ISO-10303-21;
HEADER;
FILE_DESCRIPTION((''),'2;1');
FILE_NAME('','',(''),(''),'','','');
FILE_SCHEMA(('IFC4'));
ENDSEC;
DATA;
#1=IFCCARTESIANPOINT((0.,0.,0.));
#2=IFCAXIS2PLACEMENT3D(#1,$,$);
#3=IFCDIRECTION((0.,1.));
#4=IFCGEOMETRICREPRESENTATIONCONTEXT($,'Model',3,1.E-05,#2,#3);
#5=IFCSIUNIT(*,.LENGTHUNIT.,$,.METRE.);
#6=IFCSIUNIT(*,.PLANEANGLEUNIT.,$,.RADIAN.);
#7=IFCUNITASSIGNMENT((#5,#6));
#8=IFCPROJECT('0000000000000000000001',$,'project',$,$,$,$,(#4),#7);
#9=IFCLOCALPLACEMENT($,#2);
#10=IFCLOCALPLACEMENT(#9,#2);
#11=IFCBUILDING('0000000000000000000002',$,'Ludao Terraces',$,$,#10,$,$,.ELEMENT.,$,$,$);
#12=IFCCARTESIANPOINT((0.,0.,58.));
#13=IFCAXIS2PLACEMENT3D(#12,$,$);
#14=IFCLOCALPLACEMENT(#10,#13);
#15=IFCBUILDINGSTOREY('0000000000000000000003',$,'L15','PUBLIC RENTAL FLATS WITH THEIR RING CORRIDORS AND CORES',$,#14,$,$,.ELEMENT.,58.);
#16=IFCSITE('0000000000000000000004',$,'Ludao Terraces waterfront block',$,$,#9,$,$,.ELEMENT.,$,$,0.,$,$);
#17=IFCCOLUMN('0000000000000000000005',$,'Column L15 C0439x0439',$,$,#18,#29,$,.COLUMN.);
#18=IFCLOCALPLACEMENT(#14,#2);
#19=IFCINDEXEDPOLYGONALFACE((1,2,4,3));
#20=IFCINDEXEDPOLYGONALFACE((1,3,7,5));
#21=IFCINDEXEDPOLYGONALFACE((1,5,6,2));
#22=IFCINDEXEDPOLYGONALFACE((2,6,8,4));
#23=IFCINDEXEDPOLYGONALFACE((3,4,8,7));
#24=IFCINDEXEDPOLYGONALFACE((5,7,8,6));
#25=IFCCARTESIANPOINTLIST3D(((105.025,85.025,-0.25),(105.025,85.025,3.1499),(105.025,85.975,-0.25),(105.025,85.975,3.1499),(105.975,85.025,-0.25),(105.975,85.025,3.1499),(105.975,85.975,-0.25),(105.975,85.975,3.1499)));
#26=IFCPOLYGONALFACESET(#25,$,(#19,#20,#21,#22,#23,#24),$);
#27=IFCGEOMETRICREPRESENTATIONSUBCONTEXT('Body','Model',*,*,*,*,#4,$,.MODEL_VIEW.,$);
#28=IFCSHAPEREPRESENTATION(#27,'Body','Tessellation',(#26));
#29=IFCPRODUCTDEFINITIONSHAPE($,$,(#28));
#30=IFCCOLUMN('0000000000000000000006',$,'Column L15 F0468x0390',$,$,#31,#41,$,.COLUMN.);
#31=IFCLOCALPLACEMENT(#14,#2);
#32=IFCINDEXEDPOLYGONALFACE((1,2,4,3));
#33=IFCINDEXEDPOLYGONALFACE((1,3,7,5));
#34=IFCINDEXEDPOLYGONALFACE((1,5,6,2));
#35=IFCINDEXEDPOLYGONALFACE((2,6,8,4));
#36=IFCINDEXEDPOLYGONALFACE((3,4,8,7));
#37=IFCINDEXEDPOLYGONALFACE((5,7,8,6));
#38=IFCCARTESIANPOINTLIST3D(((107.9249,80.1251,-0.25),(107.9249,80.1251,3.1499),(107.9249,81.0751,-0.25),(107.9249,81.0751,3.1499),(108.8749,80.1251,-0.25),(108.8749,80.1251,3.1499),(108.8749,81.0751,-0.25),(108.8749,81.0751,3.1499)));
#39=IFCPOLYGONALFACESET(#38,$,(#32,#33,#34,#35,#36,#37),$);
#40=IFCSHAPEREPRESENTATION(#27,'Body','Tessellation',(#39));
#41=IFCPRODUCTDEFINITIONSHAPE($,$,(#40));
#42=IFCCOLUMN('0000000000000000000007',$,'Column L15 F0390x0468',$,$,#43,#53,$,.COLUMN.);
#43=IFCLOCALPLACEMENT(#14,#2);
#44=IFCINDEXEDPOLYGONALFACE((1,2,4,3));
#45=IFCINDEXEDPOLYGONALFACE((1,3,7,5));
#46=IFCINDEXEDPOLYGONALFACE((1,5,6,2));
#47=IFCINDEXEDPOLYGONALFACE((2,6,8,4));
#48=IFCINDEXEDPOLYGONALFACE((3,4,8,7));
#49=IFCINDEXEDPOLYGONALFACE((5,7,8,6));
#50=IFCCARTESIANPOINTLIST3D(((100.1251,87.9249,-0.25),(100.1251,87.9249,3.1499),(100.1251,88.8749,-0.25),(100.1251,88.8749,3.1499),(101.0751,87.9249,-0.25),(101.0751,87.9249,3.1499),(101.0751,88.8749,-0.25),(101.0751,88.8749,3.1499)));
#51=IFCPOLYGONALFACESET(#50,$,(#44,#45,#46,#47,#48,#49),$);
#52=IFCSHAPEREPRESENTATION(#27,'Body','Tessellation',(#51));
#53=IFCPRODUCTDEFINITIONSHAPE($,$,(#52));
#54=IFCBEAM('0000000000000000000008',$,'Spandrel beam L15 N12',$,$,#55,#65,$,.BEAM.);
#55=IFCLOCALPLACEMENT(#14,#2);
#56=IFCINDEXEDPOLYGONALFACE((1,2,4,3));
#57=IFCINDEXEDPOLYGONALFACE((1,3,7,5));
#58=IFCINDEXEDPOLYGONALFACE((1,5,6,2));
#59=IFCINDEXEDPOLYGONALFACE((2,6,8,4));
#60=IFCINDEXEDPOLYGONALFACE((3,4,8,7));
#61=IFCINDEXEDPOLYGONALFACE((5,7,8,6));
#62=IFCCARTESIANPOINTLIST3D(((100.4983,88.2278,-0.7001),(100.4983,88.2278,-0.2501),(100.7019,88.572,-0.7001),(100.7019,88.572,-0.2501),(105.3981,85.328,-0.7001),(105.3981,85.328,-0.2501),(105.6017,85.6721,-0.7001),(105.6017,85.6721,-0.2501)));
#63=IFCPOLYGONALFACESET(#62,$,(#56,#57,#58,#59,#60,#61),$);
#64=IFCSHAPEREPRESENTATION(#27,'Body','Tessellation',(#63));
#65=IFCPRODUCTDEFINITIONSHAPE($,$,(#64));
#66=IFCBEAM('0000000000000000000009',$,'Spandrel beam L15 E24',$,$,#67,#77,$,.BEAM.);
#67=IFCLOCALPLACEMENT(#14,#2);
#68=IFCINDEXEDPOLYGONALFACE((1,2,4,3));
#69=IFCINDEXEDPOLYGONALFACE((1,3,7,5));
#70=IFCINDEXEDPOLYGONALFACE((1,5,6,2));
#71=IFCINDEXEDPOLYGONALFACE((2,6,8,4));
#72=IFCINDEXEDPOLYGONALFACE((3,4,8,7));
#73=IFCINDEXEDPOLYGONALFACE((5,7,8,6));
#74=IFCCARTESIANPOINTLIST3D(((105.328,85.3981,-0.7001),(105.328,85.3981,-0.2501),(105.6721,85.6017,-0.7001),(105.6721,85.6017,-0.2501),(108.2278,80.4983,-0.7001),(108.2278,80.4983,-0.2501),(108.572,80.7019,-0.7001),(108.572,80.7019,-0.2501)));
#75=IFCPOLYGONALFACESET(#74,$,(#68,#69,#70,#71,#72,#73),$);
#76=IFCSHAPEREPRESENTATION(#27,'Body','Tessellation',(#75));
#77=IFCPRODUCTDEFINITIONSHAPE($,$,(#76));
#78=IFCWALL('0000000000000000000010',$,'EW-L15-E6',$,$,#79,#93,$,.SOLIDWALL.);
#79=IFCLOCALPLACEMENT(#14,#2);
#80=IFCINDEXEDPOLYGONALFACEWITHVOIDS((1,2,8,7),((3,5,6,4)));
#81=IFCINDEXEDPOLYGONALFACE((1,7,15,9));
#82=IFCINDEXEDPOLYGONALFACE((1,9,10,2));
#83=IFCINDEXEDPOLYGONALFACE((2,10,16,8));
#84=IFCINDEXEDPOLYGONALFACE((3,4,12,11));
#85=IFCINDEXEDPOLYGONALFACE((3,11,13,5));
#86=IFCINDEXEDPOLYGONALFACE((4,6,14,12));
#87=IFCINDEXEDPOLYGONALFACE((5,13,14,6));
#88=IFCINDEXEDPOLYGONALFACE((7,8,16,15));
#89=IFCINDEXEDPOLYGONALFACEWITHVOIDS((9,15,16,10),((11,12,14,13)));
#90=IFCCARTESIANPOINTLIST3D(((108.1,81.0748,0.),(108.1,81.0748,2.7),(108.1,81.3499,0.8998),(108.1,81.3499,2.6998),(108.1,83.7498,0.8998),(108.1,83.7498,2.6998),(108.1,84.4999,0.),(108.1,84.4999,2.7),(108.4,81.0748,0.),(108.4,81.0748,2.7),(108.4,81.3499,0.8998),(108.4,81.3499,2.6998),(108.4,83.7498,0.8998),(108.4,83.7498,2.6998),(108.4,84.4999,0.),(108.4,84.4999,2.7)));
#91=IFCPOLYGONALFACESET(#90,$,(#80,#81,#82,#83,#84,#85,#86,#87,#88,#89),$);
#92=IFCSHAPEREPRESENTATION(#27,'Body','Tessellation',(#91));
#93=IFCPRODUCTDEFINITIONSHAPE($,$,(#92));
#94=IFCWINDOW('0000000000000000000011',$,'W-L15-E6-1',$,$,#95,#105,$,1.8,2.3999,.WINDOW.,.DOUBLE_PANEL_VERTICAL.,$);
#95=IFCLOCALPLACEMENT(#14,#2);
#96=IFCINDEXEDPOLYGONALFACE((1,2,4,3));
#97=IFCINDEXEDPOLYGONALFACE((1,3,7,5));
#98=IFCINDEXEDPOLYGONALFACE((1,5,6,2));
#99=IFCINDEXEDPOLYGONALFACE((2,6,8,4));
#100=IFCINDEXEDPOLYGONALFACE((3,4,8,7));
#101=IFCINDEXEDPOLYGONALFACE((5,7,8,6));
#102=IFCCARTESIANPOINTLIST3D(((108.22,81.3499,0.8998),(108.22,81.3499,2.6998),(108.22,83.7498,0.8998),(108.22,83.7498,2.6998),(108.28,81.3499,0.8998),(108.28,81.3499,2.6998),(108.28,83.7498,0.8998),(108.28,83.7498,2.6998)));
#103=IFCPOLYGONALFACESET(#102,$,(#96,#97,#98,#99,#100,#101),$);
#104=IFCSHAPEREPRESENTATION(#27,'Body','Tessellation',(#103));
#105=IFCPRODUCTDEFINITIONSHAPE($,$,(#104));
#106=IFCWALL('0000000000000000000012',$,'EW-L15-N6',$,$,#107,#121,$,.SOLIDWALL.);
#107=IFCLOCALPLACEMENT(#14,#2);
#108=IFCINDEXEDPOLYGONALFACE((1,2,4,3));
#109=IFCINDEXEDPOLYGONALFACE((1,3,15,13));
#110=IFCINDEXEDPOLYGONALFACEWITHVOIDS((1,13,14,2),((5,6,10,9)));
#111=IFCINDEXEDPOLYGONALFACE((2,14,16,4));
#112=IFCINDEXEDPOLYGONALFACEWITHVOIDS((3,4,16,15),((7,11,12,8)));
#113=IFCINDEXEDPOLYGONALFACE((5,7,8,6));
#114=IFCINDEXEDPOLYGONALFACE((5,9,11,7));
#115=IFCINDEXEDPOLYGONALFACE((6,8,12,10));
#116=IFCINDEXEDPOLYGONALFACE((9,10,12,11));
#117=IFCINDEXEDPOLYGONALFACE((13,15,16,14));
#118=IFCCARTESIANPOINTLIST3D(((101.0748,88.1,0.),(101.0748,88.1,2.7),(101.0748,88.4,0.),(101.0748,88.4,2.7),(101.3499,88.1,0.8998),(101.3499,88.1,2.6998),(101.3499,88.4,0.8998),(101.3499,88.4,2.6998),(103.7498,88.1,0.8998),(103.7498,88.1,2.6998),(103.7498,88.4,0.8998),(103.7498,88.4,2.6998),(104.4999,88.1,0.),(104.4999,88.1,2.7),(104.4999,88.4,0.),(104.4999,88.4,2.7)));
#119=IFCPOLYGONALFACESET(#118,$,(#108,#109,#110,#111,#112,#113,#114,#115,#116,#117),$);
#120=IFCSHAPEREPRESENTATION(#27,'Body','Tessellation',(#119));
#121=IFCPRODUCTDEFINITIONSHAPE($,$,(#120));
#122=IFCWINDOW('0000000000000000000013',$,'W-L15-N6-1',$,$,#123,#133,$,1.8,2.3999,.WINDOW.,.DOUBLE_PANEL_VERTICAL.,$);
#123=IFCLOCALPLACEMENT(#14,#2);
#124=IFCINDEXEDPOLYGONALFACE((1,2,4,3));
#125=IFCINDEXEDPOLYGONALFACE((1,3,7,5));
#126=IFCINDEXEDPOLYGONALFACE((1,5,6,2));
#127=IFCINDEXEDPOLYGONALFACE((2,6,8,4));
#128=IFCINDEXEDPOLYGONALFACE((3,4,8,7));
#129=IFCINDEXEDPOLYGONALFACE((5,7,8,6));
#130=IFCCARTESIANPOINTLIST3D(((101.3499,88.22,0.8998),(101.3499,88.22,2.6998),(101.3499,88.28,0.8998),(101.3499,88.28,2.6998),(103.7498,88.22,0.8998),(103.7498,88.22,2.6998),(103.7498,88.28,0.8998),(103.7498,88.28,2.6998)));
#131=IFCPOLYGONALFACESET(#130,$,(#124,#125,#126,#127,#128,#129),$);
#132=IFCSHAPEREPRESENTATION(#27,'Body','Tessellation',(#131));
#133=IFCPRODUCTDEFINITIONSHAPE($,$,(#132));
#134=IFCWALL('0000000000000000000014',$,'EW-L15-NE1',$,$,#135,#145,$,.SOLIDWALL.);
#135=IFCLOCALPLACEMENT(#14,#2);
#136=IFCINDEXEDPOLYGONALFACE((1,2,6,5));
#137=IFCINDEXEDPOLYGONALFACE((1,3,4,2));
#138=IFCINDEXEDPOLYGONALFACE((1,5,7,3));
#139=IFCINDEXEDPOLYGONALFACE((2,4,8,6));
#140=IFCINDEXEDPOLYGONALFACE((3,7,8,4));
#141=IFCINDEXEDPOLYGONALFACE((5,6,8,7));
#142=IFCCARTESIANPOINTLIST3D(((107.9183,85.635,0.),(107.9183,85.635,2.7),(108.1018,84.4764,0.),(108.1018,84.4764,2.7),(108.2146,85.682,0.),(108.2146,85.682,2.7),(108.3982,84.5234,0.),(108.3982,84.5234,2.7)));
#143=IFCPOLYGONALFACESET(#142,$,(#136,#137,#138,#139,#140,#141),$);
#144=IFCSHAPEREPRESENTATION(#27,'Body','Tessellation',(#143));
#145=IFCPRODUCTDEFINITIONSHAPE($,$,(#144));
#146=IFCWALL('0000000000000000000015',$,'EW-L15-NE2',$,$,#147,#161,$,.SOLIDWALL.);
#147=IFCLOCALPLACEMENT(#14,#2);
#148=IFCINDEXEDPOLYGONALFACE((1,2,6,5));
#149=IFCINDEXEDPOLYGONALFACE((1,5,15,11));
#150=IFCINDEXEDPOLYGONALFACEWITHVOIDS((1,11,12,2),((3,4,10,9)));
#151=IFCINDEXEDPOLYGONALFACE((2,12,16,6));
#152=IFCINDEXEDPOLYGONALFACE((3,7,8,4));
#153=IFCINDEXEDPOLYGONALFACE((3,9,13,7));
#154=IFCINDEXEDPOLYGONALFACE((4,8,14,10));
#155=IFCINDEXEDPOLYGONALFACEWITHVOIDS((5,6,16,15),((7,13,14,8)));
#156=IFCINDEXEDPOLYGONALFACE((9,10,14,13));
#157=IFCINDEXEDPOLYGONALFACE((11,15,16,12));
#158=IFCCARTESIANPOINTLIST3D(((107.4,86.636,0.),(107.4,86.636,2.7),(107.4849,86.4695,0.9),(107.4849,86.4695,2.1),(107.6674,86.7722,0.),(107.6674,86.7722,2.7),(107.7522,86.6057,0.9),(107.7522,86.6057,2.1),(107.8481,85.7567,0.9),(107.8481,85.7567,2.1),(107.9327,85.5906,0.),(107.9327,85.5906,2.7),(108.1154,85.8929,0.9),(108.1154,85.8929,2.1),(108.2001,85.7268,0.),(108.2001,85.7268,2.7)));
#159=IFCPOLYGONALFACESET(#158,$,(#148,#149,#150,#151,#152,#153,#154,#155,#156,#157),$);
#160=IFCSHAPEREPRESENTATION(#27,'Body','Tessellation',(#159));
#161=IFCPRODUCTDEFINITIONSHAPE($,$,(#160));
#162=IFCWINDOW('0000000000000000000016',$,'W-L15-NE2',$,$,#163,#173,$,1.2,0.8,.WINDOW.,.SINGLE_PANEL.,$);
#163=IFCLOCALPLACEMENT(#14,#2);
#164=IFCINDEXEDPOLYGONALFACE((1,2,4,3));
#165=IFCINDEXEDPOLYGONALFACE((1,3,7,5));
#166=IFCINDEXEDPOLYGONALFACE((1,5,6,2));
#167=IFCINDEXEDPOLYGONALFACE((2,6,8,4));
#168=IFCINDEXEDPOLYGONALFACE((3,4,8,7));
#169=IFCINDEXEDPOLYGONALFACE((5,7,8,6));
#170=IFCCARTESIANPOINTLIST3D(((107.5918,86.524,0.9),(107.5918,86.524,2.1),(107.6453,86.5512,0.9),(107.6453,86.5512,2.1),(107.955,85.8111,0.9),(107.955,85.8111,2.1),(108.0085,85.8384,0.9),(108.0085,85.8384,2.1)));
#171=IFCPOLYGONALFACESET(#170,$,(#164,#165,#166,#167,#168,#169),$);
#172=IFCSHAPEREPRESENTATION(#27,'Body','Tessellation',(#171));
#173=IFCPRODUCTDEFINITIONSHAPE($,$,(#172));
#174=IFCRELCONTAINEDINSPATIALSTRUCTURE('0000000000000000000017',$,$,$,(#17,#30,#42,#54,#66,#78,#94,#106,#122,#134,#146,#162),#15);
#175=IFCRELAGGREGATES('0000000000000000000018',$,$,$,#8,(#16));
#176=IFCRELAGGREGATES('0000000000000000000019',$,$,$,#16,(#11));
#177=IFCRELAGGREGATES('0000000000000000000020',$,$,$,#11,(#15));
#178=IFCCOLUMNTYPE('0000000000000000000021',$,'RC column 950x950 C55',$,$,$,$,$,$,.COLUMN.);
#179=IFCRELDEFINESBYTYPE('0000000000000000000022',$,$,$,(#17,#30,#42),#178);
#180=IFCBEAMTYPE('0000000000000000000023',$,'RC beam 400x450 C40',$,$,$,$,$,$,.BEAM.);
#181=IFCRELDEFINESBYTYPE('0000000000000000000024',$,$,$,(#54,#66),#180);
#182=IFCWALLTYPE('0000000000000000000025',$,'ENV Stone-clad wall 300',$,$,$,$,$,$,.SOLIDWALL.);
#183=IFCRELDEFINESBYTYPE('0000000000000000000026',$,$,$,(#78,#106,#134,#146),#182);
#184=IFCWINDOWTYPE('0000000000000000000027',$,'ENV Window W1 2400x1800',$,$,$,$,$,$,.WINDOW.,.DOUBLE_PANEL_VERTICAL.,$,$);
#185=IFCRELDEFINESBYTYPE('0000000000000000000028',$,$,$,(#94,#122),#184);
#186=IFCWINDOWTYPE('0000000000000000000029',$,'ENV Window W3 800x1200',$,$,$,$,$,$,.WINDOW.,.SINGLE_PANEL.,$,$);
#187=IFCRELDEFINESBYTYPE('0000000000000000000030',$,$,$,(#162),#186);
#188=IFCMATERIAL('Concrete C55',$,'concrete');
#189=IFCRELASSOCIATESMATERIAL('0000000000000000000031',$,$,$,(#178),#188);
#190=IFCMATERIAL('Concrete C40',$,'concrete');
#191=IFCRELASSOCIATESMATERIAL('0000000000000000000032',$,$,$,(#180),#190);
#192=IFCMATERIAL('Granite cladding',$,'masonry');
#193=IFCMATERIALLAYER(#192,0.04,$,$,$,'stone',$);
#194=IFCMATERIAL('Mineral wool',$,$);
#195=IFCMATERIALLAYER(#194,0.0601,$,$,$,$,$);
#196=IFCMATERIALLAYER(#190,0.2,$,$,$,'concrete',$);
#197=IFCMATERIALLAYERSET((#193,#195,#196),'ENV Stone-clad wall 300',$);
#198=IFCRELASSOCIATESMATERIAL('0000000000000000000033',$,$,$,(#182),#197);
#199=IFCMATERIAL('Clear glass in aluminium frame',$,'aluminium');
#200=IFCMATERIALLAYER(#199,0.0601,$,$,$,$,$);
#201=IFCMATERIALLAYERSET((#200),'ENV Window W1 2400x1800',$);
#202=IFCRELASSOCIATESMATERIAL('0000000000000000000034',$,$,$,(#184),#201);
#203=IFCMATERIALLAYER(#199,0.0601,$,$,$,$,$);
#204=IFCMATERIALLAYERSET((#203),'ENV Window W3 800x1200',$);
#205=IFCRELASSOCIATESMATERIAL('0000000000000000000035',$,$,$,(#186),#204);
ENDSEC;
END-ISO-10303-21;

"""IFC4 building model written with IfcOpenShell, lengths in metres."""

from ifc_helpers import new_model, si_unit, direction, frame, frame_2d, origin, origin_2d, place, context, subcontext, project, spatial, rectangle, extrude, material, layer, layer_set, material_profile, profile_set, type_object, element, fill, save


model = new_model("IFC4")

# Units and contexts
model_context = context("Model", 3, precision=1e-05, world=origin(), true_north=direction((0.0, 1.0)))
body_context = subcontext(model_context, "Body", "Model", "MODEL_VIEW")
ifc_project = project(units=[si_unit("LENGTHUNIT", "METRE"), si_unit("PLANEANGLEUNIT", "RADIAN")], contexts=[model_context])

# Site, building, storey
site_placement = place(None, origin())
site = spatial("IfcSite", under=ifc_project, at=site_placement, Name="Ludao Terraces waterfront block", CompositionType="ELEMENT", RefElevation=0.0)
building_placement = place(site_placement, origin())
building = spatial("IfcBuilding", under=site, at=building_placement, Name="Ludao Terraces", CompositionType="ELEMENT")
storey_placement = place(building_placement, frame((0.0, 0.0, 58.0)))
storey = spatial("IfcBuildingStorey", under=building, at=storey_placement, Name="L15", Description="PUBLIC RENTAL FLATS WITH THEIR RING CORRIDORS AND CORES", CompositionType="ELEMENT", Elevation=58.0)

# Columns
ifc_material_1 = material(Name="Concrete C55", Category="concrete")
ifc_material_profile_1 = material_profile(ifc_material_1, rectangle(XDim=0.95, YDim=0.95, at=origin_2d()), Name="950 X 950")
ifc_profile_set_1 = profile_set([ifc_material_profile_1], Name="Concrete C55")
column_type = type_object("IfcColumnType", Name="RC column 950x950 C55", PredefinedType="COLUMN", material=ifc_profile_set_1)
for number, where, z_axis, x_axis, name in (
    (1, (105.5, 85.5, -0.25), (0.0, 0.0, 1.0), (1.0, 0.0, 0.0), "Column L15 C0439x0439"),
    (2, (108.3999, 80.6001, -0.25), (0.0, 0.0, 1.0), (1.0, 0.0, 0.0), "Column L15 F0468x0390"),
    (3, (100.6001, 88.3999, -0.25), (0.0, 0.0, 1.0), (1.0, 0.0, 0.0), "Column L15 F0390x0468"),
):
    element("IfcColumn", number, at=place(storey_placement, frame(where, z_axis=z_axis, x_axis=x_axis)), inside=storey, type_object=column_type, Name=name, PredefinedType="COLUMN", context=body_context, shape_type="SweptSolid", body=[
        extrude(rectangle(XDim=0.95, YDim=0.95, at=origin_2d()), origin(), (0.0, 0.0, 1.0), 3.3999),
    ])

# Beams
ifc_material_2 = material(Name="Concrete C40", Category="concrete")
ifc_material_profile_2 = material_profile(ifc_material_2, rectangle(XDim=0.3999, YDim=0.45, at=origin_2d()), Name="400 X 450")
ifc_profile_set_2 = profile_set([ifc_material_profile_2], Name="Concrete C40")
beam_type = type_object("IfcBeamType", Name="RC beam 400x450 C40", PredefinedType="BEAM", material=ifc_profile_set_2)
for number, where, z_axis, x_axis, name in (
    (4, (100.6001, 88.3999, -0.4751), (0.86058, -0.509316, 0.0), (0.509316, 0.86058, 0.0), "Spandrel beam L15 N12"),
    (5, (108.3999, 80.6001, -0.4751), (-0.509316, 0.86058, 0.0), (-0.86058, -0.509316, 0.0), "Spandrel beam L15 E24"),
):
    element("IfcBeam", number, at=place(storey_placement, frame(where, z_axis=z_axis, x_axis=x_axis)), inside=storey, type_object=beam_type, Name=name, PredefinedType="BEAM", context=body_context, shape_type="SweptSolid", body=[
        extrude(rectangle(XDim=0.3999, YDim=0.45, at=origin_2d()), origin(), (0.0, 0.0, 1.0), 5.6936),
    ])

# Walls, openings, windows
ifc_material_3 = material(Name="Granite cladding", Category="masonry")
ifc_layer_1 = layer(ifc_material_3, 0.04, Category="stone")
ifc_material_4 = material(Name="Mineral wool")
ifc_layer_2 = layer(ifc_material_4, 0.0601)
ifc_layer_3 = layer(ifc_material_2, 0.2, Category="concrete")
ifc_layer_set_1 = layer_set([ifc_layer_1, ifc_layer_2, ifc_layer_3], Name="ENV Stone-clad wall 300")
wall_type_1 = type_object("IfcWallType", Name="ENV Stone-clad wall 300", PredefinedType="SOLIDWALL", material=ifc_layer_set_1)
wall_1_placement = place(storey_placement, frame((108.25, 81.075, 0.0), z_axis=(0.0, 0.0, 1.0), x_axis=(0.0, 1.0, 0.0)))
wall_1 = element("IfcWall", 6, at=wall_1_placement, inside=storey, type_object=wall_type_1, Name="EW-L15-E6", PredefinedType="SOLIDWALL", context=body_context, shape_type="SweptSolid", body=[
    extrude(rectangle(XDim=3.425, YDim=0.3, at=frame_2d((1.7124, 0.0))), origin(), (0.0, 0.0, 1.0), 2.7),
])
opening_1_placement = place(wall_1_placement, frame((0.2749, 0.0, 0.8999)))
opening_1 = element("IfcOpeningElement", 7, at=opening_1_placement, cuts=wall_1, PredefinedType="OPENING", context=body_context, shape_type="SweptSolid", body=[
    extrude(rectangle(XDim=2.3999, YDim=1.8, at=frame_2d((1.2, 0.8999))), frame((0.0, 0.1602, 0.0), z_axis=(0.0, -1.0, 0.0), x_axis=(1.0, 0.0, 0.0)), (0.0, 0.0, 1.0), 0.3201),
])
ifc_material_5 = material(Name="Clear glass in aluminium frame", Category="aluminium")
ifc_layer_4 = layer(ifc_material_5, 0.0601)
ifc_layer_set_2 = layer_set([ifc_layer_4], Name="ENV Window W1 2400x1800")
window_type_1 = type_object("IfcWindowType", Name="ENV Window W1 2400x1800", PartitioningType="DOUBLE_PANEL_VERTICAL", PredefinedType="WINDOW", material=ifc_layer_set_2)
window_1_placement = place(opening_1_placement, origin())
window_1 = element("IfcWindow", 8, at=window_1_placement, inside=storey, type_object=window_type_1, Name="W-L15-E6-1", OverallHeight=1.8, OverallWidth=2.3999, PartitioningType="DOUBLE_PANEL_VERTICAL", PredefinedType="WINDOW", context=body_context, shape_type="SweptSolid", body=[
    extrude(rectangle(XDim=2.3999, YDim=1.8, at=frame_2d((1.2, 0.8999))), frame((0.0, 0.03, 0.0), z_axis=(0.0, -1.0, 0.0), x_axis=(1.0, 0.0, 0.0)), (0.0, 0.0, 1.0), 0.0601),
])
fill(opening_1, window_1)
wall_2_placement = place(storey_placement, frame((101.075, 88.25, 0.0), z_axis=(0.0, 0.0, 1.0), x_axis=(1.0, 0.0, 0.0)))
wall_2 = element("IfcWall", 9, at=wall_2_placement, inside=storey, type_object=wall_type_1, Name="EW-L15-N6", PredefinedType="SOLIDWALL", context=body_context, shape_type="SweptSolid", body=[
    extrude(rectangle(XDim=3.425, YDim=0.3, at=frame_2d((1.7124, 0.0))), origin(), (0.0, 0.0, 1.0), 2.7),
])
opening_2_placement = place(wall_2_placement, frame((0.2749, 0.0, 0.8999)))
opening_2 = element("IfcOpeningElement", 10, at=opening_2_placement, cuts=wall_2, PredefinedType="OPENING", context=body_context, shape_type="SweptSolid", body=[
    extrude(rectangle(XDim=2.3999, YDim=1.8, at=frame_2d((1.2, 0.8999))), frame((0.0, 0.1602, 0.0), z_axis=(0.0, -1.0, 0.0), x_axis=(1.0, 0.0, 0.0)), (0.0, 0.0, 1.0), 0.3201),
])
window_2_placement = place(opening_2_placement, origin())
window_2 = element("IfcWindow", 11, at=window_2_placement, inside=storey, type_object=window_type_1, Name="W-L15-N6-1", OverallHeight=1.8, OverallWidth=2.3999, PartitioningType="DOUBLE_PANEL_VERTICAL", PredefinedType="WINDOW", context=body_context, shape_type="SweptSolid", body=[
    extrude(rectangle(XDim=2.3999, YDim=1.8, at=frame_2d((1.2, 0.8999))), frame((0.0, 0.03, 0.0), z_axis=(0.0, -1.0, 0.0), x_axis=(1.0, 0.0, 0.0)), (0.0, 0.0, 1.0), 0.0601),
])
fill(opening_2, window_2)

# Wall
wall_3_placement = place(storey_placement, frame((108.25, 84.5, 0.0), z_axis=(0.0, 0.0, 1.0), x_axis=(-0.156497, 0.987678, 0.0)))
element("IfcWall", 12, at=wall_3_placement, inside=storey, type_object=wall_type_1, Name="EW-L15-NE1", PredefinedType="SOLIDWALL", context=body_context, shape_type="SweptSolid", body=[
    extrude(rectangle(XDim=1.1731, YDim=0.3, at=frame_2d((0.5864, 0.0))), origin(), (0.0, 0.0, 1.0), 2.7),
])

# Wall, opening, window
wall_4_placement = place(storey_placement, frame((108.0664, 85.6587, 0.0), z_axis=(0.0, 0.0, 1.0), x_axis=(-0.454026, 0.890989, 0.0)))
wall_4 = element("IfcWall", 13, at=wall_4_placement, inside=storey, type_object=wall_type_1, Name="EW-L15-NE2", PredefinedType="SOLIDWALL", context=body_context, shape_type="SweptSolid", body=[
    extrude(rectangle(XDim=1.1733, YDim=0.3, at=frame_2d((0.5867, 0.0))), origin(), (0.0, 0.0, 1.0), 2.7),
])
opening_3_placement = place(wall_4_placement, frame((0.1865, 0.0, 0.8999)))
opening_3 = element("IfcOpeningElement", 14, at=opening_3_placement, cuts=wall_4, PredefinedType="OPENING", context=body_context, shape_type="SweptSolid", body=[
    extrude(rectangle(XDim=0.8, YDim=1.2, at=frame_2d((0.3999, 0.6001))), frame((0.0, 0.1602, 0.0), z_axis=(0.0, -1.0, 0.0), x_axis=(1.0, 0.0, 0.0)), (0.0, 0.0, 1.0), 0.3201),
])
ifc_layer_5 = layer(ifc_material_5, 0.0601)
ifc_layer_set_3 = layer_set([ifc_layer_5], Name="ENV Window W3 800x1200")
window_type_2 = type_object("IfcWindowType", Name="ENV Window W3 800x1200", PartitioningType="SINGLE_PANEL", PredefinedType="WINDOW", material=ifc_layer_set_3)
window_3_placement = place(opening_3_placement, origin())
window_3 = element("IfcWindow", 15, at=window_3_placement, inside=storey, type_object=window_type_2, Name="W-L15-NE2", OverallHeight=1.2, OverallWidth=0.8, PartitioningType="SINGLE_PANEL", PredefinedType="WINDOW", context=body_context, shape_type="SweptSolid", body=[
    extrude(rectangle(XDim=0.8, YDim=1.2, at=frame_2d((0.3999, 0.6001))), frame((0.0, 0.03, 0.0), z_axis=(0.0, -1.0, 0.0), x_axis=(1.0, 0.0, 0.0)), (0.0, 0.0, 1.0), 0.0601),
])
fill(opening_3, window_3)

save(model, "model.ifc")
